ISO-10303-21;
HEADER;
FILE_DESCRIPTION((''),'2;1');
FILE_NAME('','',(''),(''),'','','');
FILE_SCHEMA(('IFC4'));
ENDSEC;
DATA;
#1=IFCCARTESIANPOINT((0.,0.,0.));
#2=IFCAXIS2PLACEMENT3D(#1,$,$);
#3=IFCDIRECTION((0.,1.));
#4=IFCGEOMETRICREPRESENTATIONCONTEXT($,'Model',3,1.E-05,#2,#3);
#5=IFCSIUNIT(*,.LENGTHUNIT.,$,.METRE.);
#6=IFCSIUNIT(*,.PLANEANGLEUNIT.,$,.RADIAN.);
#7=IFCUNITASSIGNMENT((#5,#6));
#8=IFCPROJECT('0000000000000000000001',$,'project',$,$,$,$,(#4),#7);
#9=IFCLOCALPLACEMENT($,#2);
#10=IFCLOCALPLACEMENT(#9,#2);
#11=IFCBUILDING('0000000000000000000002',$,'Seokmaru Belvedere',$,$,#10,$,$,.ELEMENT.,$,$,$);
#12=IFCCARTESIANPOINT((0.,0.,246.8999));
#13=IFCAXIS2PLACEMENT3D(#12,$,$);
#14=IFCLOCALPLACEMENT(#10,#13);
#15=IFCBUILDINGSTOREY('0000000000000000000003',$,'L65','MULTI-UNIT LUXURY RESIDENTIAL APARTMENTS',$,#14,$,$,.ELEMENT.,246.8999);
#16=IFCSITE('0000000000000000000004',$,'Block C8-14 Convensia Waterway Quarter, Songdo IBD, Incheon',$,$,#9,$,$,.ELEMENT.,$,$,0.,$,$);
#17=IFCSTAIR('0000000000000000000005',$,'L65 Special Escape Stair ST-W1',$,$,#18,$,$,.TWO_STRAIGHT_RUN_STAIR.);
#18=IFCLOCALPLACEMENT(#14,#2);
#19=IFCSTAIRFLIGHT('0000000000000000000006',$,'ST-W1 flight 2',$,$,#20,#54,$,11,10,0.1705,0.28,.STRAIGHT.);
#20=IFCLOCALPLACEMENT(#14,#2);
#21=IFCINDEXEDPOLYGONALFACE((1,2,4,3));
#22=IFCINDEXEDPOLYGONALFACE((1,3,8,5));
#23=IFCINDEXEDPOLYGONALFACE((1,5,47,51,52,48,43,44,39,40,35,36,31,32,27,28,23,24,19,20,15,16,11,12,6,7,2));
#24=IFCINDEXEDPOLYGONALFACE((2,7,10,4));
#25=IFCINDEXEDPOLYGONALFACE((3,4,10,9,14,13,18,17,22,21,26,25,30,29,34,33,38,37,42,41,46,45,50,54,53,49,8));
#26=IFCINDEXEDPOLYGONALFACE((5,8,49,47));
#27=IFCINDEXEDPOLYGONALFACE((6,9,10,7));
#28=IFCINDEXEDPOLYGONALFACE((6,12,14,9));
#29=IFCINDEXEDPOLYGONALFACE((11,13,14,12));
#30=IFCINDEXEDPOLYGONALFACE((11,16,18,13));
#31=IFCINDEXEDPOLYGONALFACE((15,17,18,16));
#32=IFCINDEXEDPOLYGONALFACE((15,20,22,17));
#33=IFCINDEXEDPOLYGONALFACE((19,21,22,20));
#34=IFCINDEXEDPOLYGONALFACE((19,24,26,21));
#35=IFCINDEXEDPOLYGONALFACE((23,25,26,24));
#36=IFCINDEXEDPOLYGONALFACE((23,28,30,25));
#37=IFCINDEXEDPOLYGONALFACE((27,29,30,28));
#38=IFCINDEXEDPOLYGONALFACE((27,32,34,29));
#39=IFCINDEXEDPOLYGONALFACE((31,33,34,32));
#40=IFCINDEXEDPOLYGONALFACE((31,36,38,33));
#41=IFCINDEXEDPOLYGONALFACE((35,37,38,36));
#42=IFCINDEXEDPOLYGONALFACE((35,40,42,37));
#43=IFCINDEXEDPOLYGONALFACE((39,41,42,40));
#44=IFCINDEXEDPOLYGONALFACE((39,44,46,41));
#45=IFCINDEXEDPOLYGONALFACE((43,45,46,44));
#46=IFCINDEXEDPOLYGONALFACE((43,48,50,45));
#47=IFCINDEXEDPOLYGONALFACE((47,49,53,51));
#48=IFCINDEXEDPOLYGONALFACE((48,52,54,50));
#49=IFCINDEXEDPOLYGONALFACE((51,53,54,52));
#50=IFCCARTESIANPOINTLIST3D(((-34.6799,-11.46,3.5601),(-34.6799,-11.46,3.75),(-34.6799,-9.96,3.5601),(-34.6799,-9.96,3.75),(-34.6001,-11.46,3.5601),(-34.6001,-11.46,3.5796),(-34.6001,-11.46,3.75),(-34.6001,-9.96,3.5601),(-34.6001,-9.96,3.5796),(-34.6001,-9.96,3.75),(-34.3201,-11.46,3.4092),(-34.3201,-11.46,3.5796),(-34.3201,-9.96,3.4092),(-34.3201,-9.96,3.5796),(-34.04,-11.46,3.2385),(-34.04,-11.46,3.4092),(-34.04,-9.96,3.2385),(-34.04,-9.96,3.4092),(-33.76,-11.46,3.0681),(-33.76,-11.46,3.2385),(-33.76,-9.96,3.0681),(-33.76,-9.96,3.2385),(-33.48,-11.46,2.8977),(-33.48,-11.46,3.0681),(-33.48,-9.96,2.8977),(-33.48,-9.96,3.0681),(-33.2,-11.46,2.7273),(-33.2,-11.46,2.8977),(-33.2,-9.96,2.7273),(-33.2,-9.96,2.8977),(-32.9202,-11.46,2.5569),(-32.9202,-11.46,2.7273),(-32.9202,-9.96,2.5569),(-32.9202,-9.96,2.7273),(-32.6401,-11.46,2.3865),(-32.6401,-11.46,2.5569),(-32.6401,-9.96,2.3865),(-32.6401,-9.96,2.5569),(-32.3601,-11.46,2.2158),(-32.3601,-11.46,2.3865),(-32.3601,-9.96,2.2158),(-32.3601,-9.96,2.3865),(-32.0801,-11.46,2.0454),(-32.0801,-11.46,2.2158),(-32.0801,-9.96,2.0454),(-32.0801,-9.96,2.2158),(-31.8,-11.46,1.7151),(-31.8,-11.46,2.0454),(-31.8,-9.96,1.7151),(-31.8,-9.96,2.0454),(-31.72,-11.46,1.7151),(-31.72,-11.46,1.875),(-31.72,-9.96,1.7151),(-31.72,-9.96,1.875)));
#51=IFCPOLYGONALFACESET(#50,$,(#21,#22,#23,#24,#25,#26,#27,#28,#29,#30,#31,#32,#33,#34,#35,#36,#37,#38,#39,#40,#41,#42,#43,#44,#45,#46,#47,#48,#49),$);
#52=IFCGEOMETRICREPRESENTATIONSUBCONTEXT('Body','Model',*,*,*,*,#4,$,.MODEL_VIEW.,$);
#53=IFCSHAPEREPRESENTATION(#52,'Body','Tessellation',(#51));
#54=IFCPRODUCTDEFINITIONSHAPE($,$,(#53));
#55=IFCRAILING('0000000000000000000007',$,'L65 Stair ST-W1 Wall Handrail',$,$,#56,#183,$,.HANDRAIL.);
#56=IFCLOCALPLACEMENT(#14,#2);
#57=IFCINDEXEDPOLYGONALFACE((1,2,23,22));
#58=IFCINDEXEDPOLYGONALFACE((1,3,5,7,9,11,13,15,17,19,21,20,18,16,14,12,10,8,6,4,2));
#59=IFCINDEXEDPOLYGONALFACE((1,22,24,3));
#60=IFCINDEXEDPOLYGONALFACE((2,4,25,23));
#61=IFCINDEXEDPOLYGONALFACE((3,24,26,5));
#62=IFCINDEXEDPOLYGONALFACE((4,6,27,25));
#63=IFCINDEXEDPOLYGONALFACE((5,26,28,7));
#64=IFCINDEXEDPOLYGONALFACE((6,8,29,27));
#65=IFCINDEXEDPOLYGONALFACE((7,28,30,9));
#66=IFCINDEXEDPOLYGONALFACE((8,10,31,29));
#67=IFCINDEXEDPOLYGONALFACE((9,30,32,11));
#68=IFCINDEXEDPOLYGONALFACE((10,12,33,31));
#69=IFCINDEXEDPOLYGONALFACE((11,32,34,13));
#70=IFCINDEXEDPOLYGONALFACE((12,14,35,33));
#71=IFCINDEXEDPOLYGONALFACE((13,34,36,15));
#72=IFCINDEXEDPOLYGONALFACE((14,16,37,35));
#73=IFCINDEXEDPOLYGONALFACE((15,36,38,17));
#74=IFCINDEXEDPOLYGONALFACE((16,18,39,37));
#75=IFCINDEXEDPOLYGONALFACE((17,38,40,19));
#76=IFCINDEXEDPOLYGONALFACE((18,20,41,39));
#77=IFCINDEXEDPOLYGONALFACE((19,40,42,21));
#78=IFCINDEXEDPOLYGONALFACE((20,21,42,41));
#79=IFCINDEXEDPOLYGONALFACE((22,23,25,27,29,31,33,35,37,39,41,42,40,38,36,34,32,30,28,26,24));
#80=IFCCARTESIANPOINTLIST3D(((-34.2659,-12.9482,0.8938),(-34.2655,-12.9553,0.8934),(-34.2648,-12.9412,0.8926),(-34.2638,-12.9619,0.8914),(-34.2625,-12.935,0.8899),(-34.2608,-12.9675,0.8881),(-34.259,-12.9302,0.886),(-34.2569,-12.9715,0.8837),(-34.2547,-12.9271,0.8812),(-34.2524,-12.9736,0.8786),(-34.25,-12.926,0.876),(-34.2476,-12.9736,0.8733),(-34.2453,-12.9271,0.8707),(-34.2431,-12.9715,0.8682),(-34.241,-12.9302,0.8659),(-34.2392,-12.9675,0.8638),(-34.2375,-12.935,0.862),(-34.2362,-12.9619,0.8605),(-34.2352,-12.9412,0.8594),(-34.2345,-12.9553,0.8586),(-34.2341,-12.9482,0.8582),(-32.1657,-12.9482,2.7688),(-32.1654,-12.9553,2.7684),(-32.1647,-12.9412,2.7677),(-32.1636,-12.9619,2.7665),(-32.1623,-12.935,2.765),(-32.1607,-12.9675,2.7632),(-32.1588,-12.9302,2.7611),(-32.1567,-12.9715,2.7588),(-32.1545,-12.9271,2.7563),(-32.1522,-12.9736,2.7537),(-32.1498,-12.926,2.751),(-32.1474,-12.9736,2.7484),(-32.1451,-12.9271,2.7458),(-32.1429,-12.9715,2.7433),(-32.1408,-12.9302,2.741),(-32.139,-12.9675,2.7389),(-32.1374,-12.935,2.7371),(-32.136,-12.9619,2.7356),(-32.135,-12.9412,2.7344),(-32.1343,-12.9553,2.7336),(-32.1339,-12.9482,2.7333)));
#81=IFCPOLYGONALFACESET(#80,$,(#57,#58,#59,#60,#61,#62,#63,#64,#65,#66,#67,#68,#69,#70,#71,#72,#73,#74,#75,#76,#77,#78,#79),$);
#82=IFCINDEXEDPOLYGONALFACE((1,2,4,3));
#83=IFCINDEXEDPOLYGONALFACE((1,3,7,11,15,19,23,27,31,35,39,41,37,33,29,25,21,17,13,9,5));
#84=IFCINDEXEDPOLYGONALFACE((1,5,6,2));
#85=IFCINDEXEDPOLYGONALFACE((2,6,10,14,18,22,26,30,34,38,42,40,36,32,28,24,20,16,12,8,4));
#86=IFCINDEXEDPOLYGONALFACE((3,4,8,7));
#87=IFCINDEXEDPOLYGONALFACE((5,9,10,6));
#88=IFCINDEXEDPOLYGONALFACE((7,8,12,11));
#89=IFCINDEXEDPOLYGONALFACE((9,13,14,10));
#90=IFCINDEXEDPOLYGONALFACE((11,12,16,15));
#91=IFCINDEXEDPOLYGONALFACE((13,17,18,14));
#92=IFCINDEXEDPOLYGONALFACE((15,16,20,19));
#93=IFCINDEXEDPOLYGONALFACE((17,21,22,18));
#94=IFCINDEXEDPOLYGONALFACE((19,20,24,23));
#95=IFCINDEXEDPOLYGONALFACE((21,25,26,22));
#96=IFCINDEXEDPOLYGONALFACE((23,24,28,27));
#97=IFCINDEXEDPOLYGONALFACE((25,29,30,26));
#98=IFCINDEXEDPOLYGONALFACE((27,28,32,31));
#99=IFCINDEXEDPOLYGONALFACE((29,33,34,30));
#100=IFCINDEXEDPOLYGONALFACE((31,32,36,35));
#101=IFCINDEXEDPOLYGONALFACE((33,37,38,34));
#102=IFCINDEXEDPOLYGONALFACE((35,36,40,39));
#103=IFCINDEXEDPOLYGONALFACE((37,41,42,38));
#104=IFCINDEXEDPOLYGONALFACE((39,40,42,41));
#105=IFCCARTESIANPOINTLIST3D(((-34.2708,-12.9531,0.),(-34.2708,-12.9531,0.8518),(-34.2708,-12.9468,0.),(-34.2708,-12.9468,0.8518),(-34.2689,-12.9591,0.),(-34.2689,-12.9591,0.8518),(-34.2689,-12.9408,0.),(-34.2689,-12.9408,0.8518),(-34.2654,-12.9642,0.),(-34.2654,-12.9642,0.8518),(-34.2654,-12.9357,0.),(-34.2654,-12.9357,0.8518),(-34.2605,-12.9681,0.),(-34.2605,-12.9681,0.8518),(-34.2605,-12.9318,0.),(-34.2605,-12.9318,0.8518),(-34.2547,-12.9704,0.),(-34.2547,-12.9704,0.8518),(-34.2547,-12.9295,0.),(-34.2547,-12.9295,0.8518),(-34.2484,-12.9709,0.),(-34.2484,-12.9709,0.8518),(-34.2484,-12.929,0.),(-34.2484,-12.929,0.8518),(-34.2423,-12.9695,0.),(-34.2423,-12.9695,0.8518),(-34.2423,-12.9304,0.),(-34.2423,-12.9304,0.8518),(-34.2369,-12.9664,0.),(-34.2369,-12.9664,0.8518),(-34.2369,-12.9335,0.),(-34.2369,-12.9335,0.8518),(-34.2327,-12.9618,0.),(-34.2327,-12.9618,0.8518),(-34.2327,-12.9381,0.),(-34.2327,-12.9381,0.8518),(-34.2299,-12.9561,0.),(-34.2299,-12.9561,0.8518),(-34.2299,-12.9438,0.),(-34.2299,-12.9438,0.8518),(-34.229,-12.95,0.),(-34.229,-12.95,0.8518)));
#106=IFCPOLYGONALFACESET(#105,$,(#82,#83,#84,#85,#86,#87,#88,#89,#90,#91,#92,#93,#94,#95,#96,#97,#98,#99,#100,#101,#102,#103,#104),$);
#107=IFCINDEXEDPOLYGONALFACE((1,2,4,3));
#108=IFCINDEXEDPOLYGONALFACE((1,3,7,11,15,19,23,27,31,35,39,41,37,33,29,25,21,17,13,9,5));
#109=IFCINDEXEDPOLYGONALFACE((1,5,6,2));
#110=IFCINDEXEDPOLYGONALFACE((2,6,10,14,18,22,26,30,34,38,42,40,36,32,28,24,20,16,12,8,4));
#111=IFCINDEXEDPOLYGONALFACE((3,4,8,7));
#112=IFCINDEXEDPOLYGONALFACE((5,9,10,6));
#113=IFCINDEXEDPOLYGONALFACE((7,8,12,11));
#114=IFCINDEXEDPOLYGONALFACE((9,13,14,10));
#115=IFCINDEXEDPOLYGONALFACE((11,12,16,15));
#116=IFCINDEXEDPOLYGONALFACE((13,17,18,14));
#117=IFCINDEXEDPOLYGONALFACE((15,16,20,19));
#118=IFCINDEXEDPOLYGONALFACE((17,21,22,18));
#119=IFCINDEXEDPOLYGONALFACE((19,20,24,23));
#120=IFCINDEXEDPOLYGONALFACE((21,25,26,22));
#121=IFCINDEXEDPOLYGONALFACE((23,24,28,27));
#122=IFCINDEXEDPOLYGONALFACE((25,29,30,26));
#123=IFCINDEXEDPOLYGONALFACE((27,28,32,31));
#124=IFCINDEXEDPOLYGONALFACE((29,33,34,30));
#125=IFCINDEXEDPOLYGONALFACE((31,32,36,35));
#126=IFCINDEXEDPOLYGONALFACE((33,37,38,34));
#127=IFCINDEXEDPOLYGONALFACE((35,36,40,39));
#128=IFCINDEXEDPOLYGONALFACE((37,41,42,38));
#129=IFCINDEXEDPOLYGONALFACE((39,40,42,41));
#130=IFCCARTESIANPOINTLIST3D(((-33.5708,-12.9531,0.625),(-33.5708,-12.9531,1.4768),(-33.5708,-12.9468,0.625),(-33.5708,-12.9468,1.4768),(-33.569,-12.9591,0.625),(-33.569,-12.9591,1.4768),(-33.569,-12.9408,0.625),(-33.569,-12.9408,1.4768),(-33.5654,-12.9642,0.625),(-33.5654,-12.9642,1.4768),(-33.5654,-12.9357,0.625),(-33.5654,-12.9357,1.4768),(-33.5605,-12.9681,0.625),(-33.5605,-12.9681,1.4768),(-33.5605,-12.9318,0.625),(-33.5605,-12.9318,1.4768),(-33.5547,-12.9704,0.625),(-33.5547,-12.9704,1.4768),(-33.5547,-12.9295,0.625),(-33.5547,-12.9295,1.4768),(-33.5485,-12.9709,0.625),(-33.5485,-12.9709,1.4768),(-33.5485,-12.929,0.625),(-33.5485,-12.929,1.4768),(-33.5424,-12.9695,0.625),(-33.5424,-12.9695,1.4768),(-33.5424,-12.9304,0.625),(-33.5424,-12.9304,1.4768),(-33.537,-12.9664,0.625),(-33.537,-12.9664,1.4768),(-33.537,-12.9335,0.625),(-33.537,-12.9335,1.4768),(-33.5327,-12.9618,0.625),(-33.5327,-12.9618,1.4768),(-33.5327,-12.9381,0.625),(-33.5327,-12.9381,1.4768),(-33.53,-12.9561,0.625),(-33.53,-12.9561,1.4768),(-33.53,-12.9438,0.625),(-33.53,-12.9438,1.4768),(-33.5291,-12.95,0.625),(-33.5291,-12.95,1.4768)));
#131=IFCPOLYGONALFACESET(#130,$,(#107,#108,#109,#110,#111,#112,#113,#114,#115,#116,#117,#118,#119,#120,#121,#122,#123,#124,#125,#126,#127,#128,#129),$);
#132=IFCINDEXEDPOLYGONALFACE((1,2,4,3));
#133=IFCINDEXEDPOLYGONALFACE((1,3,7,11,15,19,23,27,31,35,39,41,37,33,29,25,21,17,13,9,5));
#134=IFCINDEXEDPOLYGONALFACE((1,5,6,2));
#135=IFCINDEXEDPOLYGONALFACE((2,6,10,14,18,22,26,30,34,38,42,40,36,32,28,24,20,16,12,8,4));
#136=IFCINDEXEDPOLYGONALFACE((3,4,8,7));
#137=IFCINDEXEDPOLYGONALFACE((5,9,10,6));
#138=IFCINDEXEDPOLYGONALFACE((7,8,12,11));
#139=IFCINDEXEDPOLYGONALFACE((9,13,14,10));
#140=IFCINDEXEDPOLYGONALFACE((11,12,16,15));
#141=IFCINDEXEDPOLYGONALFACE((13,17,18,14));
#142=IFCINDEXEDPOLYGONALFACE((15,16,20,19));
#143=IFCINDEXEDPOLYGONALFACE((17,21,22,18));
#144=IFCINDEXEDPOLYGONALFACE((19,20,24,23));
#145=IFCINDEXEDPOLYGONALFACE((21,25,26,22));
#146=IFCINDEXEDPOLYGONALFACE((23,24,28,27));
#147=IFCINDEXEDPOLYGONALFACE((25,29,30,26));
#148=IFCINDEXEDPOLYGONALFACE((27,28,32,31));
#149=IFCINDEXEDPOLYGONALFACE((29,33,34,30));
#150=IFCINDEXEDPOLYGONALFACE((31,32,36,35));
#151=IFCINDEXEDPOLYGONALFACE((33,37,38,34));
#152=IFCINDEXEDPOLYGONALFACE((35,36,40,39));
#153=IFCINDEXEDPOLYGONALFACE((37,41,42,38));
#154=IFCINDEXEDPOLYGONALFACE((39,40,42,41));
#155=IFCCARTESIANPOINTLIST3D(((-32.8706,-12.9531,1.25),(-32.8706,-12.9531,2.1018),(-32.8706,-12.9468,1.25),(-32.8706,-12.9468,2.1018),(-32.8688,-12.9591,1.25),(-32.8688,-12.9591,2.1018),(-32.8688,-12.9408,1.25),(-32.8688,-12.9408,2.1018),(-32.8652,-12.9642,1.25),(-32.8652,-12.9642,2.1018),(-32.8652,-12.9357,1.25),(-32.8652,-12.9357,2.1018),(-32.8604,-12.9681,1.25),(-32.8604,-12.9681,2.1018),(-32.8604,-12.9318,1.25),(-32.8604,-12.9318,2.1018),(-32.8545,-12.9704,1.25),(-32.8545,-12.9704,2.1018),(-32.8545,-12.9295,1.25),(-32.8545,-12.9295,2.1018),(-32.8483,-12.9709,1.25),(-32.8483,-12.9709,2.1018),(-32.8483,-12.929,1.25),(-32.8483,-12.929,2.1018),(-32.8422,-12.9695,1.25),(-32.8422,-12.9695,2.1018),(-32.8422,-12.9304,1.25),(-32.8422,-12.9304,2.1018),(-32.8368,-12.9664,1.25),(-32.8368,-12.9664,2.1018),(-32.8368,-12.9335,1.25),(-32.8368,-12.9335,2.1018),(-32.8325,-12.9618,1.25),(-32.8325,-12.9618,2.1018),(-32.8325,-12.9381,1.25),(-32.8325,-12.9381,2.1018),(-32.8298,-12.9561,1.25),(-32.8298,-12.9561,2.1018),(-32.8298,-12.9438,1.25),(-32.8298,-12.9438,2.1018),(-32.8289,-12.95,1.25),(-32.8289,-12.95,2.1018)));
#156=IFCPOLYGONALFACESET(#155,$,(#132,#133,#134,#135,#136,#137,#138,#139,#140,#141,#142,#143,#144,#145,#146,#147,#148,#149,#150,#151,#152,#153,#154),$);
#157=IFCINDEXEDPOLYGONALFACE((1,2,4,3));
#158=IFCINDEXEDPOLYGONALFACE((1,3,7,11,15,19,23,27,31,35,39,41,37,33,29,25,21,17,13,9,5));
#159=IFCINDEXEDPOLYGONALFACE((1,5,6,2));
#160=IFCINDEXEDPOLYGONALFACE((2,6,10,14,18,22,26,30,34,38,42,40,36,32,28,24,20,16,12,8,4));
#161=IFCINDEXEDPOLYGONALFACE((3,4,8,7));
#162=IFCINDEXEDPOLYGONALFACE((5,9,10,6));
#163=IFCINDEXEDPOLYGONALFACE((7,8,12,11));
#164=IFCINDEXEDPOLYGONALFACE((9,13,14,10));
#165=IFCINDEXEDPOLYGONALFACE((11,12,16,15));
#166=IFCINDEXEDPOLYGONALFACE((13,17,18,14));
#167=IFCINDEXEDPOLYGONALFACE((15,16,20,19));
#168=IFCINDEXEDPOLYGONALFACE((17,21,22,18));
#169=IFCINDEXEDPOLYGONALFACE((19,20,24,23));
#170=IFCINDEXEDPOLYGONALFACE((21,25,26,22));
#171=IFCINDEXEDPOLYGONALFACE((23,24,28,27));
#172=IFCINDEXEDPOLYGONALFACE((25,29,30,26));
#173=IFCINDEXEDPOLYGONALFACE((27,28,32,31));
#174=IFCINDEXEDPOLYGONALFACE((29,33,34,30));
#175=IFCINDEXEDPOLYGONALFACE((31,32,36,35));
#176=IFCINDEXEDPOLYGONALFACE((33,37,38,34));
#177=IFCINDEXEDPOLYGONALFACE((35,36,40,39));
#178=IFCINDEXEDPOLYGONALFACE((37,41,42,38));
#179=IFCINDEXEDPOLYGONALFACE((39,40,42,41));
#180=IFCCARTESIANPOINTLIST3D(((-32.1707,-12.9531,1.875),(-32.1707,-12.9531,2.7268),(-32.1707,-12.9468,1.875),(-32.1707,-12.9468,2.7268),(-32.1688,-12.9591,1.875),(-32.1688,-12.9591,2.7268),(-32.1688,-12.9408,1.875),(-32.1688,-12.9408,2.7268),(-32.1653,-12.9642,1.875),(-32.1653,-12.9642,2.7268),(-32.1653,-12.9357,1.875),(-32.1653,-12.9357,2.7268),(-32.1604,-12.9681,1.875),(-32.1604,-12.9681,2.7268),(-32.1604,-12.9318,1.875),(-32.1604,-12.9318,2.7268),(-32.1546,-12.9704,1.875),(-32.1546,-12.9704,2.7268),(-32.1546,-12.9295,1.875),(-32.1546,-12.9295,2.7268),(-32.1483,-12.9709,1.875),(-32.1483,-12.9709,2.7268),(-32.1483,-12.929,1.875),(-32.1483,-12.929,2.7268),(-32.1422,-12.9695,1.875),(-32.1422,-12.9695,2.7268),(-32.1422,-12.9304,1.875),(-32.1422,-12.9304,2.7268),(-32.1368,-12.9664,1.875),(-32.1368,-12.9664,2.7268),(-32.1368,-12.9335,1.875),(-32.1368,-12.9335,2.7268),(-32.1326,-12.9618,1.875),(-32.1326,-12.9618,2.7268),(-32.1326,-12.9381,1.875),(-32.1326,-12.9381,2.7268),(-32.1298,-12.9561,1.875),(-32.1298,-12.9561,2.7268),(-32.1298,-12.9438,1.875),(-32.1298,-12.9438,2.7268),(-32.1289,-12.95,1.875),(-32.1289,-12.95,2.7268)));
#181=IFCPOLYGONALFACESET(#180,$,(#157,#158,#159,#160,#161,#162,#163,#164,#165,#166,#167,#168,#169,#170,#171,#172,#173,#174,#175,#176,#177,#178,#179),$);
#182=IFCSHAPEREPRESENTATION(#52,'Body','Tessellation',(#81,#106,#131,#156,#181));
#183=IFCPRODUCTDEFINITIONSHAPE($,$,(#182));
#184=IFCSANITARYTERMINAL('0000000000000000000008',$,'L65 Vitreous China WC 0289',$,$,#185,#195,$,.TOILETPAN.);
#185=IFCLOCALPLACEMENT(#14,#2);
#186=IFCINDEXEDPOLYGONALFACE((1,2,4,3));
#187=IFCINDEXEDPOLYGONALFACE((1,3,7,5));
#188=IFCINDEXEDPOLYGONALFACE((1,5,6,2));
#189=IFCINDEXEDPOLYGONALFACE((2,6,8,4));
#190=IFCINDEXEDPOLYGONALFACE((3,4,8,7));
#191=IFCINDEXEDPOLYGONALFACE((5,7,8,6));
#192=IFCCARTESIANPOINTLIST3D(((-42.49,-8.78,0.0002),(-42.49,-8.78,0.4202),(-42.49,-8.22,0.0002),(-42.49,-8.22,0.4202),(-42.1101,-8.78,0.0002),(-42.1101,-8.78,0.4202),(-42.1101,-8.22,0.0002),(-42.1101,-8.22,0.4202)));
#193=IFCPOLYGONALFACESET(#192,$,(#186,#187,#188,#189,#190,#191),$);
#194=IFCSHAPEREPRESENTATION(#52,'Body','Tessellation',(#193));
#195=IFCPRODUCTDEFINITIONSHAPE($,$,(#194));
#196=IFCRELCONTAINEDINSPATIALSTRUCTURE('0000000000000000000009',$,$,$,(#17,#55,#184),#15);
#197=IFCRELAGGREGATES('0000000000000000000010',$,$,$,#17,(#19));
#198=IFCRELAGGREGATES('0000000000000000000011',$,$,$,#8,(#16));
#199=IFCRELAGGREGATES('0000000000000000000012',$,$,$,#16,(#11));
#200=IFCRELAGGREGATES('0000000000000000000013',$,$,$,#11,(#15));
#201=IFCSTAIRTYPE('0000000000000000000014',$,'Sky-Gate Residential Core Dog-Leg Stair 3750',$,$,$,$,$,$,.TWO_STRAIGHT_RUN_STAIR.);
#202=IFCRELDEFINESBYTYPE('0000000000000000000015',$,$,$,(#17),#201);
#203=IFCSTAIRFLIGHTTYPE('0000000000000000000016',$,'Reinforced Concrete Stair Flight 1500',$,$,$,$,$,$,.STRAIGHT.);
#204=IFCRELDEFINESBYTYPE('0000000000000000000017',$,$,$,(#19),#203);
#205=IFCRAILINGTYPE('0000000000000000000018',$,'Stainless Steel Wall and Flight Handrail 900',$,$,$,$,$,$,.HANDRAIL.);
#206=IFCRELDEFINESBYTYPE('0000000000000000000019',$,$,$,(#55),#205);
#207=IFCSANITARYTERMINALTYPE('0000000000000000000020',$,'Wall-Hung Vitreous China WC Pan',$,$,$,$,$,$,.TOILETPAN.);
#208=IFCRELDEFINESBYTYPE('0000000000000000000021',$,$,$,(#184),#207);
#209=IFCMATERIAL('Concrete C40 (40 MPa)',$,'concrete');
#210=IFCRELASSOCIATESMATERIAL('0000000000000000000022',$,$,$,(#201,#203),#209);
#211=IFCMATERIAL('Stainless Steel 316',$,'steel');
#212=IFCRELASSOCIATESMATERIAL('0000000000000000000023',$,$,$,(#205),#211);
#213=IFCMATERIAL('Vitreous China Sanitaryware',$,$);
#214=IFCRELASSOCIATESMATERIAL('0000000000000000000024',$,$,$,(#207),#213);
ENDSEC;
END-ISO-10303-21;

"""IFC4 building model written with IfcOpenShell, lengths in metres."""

from ifc_helpers import new_model, si_unit, direction, frame, origin, origin_2d, place, context, subcontext, project, spatial, polyline, rectangle, circle, outline, extrude, source, transform, mapped, material, type_object, type_shapes, element, aggregate, save


model = new_model("IFC4")

# Units and contexts
model_context = context("Model", 3, precision=1e-05, world=origin(), true_north=direction((0.0, 1.0)))
body_context = subcontext(model_context, "Body", "Model", "MODEL_VIEW")
ifc_project = project(units=[si_unit("LENGTHUNIT", "METRE"), si_unit("PLANEANGLEUNIT", "RADIAN")], contexts=[model_context])

# Site, building, storey
site_placement = place(None, origin())
site = spatial("IfcSite", under=ifc_project, at=site_placement, Name="Block C8-14 Convensia Waterway Quarter, Songdo IBD, Incheon", CompositionType="ELEMENT", RefElevation=0.0)
building_placement = place(site_placement, origin())
building = spatial("IfcBuilding", under=site, at=building_placement, Name="Seokmaru Belvedere", CompositionType="ELEMENT")
storey_placement = place(building_placement, frame((0.0, 0.0, 246.8999)))
storey = spatial("IfcBuildingStorey", under=building, at=storey_placement, Name="L65", Description="MULTI-UNIT LUXURY RESIDENTIAL APARTMENTS", CompositionType="ELEMENT", Elevation=246.8999)

# Stair, stair flight
ifc_material_1 = material(Name="Concrete C40 (40 MPa)", Category="concrete")
stair_type = type_object("IfcStairType", Name="Sky-Gate Residential Core Dog-Leg Stair 3750", PredefinedType="TWO_STRAIGHT_RUN_STAIR", material=ifc_material_1)
stair_placement = place(storey_placement, origin())
stair = element("IfcStair", 1, at=stair_placement, inside=storey, type_object=stair_type, Name="L65 Special Escape Stair ST-W1", PredefinedType="TWO_STRAIGHT_RUN_STAIR")
stair_flight_type = type_object("IfcStairFlightType", Name="Reinforced Concrete Stair Flight 1500", PredefinedType="STRAIGHT", material=ifc_material_1)
stair_flight_1_placement = place(storey_placement, frame((-31.8, -10.71, 1.875), z_axis=(0.0, 0.0, 1.0), x_axis=(-1.0, 0.0, 0.0)))
stair_flight_1 = element("IfcStairFlight", 2, at=stair_flight_1_placement, type_object=stair_flight_type, Name="ST-W1 flight 2", NumberOfRisers=11, NumberOfTreads=10, PredefinedType="STRAIGHT", RiserHeight=0.1705, TreadLength=0.28, context=body_context, shape_type="SweptSolid", body=[
    extrude(outline(polyline([(-0.0801, 0.0), (0.0, 0.1704), (0.28, 0.1704), (0.28, 0.3408), (0.5601, 0.3408), (0.5601, 0.5115), (0.8401, 0.5115), (0.8401, 0.6819), (1.1201, 0.6819), (1.1201, 0.8523), (1.3999, 0.8523), (1.3999, 1.0227), (1.6799, 1.0227), (1.6799, 1.1931), (1.96, 1.1931), (1.96, 1.3635), (2.24, 1.3635), (2.24, 1.5342), (2.52, 1.5342), (2.52, 1.7046), (2.8, 1.7046), (2.8, 1.875), (2.8799, 1.875), (2.8799, 1.6851), (2.8, 1.6851), (0.0, -0.1599), (-0.0801, -0.1599), (-0.0801, 0.0)])), frame((0.0, 0.75, 0.0), z_axis=(0.0, -1.0, 0.0), x_axis=(1.0, 0.0, 0.0)), (0.0, 0.0, 1.0), 1.5),
])
aggregate(stair, [stair_flight_1])

# Railing
ifc_material_2 = material(Name="Stainless Steel 316", Category="steel")
railing_type_1 = type_object("IfcRailingType", Name="Stainless Steel Wall and Flight Handrail 900", PredefinedType="HANDRAIL", material=ifc_material_2)
railing_1_placement = place(storey_placement, frame((-34.25, -12.95, 0.0)))
element("IfcRailing", 3, at=railing_1_placement, inside=storey, type_object=railing_type_1, Name="L65 Stair ST-W1 Wall Handrail", PredefinedType="HANDRAIL", context=body_context, shape_type="SweptSolid", body=[
    extrude(circle(Radius=0.0239, at=origin_2d()), frame((0.0, 0.0, 0.876), z_axis=(0.745953, 0.0, 0.665999), x_axis=(0.0, 1.0, 0.0)), (0.0, 0.0, 1.0), 2.8154),
    extrude(circle(Radius=0.021, at=origin_2d()), origin(), (0.0, 0.0, 1.0), 0.8518),
    extrude(circle(Radius=0.021, at=origin_2d()), frame((0.7, 0.0, 0.625)), (0.0, 0.0, 1.0), 0.8518),
    extrude(circle(Radius=0.021, at=origin_2d()), frame((1.4001, 0.0, 1.25)), (0.0, 0.0, 1.0), 0.8518),
    extrude(circle(Radius=0.021, at=origin_2d()), frame((2.1001, 0.0, 1.875)), (0.0, 0.0, 1.0), 0.8518),
])

# Sanitary terminal
ifc_material_3 = material(Name="Vitreous China Sanitaryware")
sanitary_terminal_type_1 = type_object("IfcSanitaryTerminalType", Name="Wall-Hung Vitreous China WC Pan", PredefinedType="TOILETPAN", material=ifc_material_3)
shared_shape_1 = source(origin(), body_context, "Body", "SweptSolid", [
    extrude(rectangle(XDim=0.3799, YDim=0.5601, at=origin_2d()), origin(), (0.0, 0.0, 1.0), 0.4199),
])
type_shapes(sanitary_terminal_type_1, [shared_shape_1])
sanitary_terminal_1_placement = place(storey_placement, frame((-42.3, -8.5, 0.0002), z_axis=(0.0, 0.0, 1.0), x_axis=(1.0, 0.0, 0.0)))
element("IfcSanitaryTerminal", 4, at=sanitary_terminal_1_placement, inside=storey, type_object=sanitary_terminal_type_1, Name="L65 Vitreous China WC 0289", PredefinedType="TOILETPAN", context=body_context, shape_type="MappedRepresentation", body=[
    mapped(shared_shape_1, transform((0.0, 0.0, 0.0), scale=1.0)),
])

save(model, "model.ifc")
